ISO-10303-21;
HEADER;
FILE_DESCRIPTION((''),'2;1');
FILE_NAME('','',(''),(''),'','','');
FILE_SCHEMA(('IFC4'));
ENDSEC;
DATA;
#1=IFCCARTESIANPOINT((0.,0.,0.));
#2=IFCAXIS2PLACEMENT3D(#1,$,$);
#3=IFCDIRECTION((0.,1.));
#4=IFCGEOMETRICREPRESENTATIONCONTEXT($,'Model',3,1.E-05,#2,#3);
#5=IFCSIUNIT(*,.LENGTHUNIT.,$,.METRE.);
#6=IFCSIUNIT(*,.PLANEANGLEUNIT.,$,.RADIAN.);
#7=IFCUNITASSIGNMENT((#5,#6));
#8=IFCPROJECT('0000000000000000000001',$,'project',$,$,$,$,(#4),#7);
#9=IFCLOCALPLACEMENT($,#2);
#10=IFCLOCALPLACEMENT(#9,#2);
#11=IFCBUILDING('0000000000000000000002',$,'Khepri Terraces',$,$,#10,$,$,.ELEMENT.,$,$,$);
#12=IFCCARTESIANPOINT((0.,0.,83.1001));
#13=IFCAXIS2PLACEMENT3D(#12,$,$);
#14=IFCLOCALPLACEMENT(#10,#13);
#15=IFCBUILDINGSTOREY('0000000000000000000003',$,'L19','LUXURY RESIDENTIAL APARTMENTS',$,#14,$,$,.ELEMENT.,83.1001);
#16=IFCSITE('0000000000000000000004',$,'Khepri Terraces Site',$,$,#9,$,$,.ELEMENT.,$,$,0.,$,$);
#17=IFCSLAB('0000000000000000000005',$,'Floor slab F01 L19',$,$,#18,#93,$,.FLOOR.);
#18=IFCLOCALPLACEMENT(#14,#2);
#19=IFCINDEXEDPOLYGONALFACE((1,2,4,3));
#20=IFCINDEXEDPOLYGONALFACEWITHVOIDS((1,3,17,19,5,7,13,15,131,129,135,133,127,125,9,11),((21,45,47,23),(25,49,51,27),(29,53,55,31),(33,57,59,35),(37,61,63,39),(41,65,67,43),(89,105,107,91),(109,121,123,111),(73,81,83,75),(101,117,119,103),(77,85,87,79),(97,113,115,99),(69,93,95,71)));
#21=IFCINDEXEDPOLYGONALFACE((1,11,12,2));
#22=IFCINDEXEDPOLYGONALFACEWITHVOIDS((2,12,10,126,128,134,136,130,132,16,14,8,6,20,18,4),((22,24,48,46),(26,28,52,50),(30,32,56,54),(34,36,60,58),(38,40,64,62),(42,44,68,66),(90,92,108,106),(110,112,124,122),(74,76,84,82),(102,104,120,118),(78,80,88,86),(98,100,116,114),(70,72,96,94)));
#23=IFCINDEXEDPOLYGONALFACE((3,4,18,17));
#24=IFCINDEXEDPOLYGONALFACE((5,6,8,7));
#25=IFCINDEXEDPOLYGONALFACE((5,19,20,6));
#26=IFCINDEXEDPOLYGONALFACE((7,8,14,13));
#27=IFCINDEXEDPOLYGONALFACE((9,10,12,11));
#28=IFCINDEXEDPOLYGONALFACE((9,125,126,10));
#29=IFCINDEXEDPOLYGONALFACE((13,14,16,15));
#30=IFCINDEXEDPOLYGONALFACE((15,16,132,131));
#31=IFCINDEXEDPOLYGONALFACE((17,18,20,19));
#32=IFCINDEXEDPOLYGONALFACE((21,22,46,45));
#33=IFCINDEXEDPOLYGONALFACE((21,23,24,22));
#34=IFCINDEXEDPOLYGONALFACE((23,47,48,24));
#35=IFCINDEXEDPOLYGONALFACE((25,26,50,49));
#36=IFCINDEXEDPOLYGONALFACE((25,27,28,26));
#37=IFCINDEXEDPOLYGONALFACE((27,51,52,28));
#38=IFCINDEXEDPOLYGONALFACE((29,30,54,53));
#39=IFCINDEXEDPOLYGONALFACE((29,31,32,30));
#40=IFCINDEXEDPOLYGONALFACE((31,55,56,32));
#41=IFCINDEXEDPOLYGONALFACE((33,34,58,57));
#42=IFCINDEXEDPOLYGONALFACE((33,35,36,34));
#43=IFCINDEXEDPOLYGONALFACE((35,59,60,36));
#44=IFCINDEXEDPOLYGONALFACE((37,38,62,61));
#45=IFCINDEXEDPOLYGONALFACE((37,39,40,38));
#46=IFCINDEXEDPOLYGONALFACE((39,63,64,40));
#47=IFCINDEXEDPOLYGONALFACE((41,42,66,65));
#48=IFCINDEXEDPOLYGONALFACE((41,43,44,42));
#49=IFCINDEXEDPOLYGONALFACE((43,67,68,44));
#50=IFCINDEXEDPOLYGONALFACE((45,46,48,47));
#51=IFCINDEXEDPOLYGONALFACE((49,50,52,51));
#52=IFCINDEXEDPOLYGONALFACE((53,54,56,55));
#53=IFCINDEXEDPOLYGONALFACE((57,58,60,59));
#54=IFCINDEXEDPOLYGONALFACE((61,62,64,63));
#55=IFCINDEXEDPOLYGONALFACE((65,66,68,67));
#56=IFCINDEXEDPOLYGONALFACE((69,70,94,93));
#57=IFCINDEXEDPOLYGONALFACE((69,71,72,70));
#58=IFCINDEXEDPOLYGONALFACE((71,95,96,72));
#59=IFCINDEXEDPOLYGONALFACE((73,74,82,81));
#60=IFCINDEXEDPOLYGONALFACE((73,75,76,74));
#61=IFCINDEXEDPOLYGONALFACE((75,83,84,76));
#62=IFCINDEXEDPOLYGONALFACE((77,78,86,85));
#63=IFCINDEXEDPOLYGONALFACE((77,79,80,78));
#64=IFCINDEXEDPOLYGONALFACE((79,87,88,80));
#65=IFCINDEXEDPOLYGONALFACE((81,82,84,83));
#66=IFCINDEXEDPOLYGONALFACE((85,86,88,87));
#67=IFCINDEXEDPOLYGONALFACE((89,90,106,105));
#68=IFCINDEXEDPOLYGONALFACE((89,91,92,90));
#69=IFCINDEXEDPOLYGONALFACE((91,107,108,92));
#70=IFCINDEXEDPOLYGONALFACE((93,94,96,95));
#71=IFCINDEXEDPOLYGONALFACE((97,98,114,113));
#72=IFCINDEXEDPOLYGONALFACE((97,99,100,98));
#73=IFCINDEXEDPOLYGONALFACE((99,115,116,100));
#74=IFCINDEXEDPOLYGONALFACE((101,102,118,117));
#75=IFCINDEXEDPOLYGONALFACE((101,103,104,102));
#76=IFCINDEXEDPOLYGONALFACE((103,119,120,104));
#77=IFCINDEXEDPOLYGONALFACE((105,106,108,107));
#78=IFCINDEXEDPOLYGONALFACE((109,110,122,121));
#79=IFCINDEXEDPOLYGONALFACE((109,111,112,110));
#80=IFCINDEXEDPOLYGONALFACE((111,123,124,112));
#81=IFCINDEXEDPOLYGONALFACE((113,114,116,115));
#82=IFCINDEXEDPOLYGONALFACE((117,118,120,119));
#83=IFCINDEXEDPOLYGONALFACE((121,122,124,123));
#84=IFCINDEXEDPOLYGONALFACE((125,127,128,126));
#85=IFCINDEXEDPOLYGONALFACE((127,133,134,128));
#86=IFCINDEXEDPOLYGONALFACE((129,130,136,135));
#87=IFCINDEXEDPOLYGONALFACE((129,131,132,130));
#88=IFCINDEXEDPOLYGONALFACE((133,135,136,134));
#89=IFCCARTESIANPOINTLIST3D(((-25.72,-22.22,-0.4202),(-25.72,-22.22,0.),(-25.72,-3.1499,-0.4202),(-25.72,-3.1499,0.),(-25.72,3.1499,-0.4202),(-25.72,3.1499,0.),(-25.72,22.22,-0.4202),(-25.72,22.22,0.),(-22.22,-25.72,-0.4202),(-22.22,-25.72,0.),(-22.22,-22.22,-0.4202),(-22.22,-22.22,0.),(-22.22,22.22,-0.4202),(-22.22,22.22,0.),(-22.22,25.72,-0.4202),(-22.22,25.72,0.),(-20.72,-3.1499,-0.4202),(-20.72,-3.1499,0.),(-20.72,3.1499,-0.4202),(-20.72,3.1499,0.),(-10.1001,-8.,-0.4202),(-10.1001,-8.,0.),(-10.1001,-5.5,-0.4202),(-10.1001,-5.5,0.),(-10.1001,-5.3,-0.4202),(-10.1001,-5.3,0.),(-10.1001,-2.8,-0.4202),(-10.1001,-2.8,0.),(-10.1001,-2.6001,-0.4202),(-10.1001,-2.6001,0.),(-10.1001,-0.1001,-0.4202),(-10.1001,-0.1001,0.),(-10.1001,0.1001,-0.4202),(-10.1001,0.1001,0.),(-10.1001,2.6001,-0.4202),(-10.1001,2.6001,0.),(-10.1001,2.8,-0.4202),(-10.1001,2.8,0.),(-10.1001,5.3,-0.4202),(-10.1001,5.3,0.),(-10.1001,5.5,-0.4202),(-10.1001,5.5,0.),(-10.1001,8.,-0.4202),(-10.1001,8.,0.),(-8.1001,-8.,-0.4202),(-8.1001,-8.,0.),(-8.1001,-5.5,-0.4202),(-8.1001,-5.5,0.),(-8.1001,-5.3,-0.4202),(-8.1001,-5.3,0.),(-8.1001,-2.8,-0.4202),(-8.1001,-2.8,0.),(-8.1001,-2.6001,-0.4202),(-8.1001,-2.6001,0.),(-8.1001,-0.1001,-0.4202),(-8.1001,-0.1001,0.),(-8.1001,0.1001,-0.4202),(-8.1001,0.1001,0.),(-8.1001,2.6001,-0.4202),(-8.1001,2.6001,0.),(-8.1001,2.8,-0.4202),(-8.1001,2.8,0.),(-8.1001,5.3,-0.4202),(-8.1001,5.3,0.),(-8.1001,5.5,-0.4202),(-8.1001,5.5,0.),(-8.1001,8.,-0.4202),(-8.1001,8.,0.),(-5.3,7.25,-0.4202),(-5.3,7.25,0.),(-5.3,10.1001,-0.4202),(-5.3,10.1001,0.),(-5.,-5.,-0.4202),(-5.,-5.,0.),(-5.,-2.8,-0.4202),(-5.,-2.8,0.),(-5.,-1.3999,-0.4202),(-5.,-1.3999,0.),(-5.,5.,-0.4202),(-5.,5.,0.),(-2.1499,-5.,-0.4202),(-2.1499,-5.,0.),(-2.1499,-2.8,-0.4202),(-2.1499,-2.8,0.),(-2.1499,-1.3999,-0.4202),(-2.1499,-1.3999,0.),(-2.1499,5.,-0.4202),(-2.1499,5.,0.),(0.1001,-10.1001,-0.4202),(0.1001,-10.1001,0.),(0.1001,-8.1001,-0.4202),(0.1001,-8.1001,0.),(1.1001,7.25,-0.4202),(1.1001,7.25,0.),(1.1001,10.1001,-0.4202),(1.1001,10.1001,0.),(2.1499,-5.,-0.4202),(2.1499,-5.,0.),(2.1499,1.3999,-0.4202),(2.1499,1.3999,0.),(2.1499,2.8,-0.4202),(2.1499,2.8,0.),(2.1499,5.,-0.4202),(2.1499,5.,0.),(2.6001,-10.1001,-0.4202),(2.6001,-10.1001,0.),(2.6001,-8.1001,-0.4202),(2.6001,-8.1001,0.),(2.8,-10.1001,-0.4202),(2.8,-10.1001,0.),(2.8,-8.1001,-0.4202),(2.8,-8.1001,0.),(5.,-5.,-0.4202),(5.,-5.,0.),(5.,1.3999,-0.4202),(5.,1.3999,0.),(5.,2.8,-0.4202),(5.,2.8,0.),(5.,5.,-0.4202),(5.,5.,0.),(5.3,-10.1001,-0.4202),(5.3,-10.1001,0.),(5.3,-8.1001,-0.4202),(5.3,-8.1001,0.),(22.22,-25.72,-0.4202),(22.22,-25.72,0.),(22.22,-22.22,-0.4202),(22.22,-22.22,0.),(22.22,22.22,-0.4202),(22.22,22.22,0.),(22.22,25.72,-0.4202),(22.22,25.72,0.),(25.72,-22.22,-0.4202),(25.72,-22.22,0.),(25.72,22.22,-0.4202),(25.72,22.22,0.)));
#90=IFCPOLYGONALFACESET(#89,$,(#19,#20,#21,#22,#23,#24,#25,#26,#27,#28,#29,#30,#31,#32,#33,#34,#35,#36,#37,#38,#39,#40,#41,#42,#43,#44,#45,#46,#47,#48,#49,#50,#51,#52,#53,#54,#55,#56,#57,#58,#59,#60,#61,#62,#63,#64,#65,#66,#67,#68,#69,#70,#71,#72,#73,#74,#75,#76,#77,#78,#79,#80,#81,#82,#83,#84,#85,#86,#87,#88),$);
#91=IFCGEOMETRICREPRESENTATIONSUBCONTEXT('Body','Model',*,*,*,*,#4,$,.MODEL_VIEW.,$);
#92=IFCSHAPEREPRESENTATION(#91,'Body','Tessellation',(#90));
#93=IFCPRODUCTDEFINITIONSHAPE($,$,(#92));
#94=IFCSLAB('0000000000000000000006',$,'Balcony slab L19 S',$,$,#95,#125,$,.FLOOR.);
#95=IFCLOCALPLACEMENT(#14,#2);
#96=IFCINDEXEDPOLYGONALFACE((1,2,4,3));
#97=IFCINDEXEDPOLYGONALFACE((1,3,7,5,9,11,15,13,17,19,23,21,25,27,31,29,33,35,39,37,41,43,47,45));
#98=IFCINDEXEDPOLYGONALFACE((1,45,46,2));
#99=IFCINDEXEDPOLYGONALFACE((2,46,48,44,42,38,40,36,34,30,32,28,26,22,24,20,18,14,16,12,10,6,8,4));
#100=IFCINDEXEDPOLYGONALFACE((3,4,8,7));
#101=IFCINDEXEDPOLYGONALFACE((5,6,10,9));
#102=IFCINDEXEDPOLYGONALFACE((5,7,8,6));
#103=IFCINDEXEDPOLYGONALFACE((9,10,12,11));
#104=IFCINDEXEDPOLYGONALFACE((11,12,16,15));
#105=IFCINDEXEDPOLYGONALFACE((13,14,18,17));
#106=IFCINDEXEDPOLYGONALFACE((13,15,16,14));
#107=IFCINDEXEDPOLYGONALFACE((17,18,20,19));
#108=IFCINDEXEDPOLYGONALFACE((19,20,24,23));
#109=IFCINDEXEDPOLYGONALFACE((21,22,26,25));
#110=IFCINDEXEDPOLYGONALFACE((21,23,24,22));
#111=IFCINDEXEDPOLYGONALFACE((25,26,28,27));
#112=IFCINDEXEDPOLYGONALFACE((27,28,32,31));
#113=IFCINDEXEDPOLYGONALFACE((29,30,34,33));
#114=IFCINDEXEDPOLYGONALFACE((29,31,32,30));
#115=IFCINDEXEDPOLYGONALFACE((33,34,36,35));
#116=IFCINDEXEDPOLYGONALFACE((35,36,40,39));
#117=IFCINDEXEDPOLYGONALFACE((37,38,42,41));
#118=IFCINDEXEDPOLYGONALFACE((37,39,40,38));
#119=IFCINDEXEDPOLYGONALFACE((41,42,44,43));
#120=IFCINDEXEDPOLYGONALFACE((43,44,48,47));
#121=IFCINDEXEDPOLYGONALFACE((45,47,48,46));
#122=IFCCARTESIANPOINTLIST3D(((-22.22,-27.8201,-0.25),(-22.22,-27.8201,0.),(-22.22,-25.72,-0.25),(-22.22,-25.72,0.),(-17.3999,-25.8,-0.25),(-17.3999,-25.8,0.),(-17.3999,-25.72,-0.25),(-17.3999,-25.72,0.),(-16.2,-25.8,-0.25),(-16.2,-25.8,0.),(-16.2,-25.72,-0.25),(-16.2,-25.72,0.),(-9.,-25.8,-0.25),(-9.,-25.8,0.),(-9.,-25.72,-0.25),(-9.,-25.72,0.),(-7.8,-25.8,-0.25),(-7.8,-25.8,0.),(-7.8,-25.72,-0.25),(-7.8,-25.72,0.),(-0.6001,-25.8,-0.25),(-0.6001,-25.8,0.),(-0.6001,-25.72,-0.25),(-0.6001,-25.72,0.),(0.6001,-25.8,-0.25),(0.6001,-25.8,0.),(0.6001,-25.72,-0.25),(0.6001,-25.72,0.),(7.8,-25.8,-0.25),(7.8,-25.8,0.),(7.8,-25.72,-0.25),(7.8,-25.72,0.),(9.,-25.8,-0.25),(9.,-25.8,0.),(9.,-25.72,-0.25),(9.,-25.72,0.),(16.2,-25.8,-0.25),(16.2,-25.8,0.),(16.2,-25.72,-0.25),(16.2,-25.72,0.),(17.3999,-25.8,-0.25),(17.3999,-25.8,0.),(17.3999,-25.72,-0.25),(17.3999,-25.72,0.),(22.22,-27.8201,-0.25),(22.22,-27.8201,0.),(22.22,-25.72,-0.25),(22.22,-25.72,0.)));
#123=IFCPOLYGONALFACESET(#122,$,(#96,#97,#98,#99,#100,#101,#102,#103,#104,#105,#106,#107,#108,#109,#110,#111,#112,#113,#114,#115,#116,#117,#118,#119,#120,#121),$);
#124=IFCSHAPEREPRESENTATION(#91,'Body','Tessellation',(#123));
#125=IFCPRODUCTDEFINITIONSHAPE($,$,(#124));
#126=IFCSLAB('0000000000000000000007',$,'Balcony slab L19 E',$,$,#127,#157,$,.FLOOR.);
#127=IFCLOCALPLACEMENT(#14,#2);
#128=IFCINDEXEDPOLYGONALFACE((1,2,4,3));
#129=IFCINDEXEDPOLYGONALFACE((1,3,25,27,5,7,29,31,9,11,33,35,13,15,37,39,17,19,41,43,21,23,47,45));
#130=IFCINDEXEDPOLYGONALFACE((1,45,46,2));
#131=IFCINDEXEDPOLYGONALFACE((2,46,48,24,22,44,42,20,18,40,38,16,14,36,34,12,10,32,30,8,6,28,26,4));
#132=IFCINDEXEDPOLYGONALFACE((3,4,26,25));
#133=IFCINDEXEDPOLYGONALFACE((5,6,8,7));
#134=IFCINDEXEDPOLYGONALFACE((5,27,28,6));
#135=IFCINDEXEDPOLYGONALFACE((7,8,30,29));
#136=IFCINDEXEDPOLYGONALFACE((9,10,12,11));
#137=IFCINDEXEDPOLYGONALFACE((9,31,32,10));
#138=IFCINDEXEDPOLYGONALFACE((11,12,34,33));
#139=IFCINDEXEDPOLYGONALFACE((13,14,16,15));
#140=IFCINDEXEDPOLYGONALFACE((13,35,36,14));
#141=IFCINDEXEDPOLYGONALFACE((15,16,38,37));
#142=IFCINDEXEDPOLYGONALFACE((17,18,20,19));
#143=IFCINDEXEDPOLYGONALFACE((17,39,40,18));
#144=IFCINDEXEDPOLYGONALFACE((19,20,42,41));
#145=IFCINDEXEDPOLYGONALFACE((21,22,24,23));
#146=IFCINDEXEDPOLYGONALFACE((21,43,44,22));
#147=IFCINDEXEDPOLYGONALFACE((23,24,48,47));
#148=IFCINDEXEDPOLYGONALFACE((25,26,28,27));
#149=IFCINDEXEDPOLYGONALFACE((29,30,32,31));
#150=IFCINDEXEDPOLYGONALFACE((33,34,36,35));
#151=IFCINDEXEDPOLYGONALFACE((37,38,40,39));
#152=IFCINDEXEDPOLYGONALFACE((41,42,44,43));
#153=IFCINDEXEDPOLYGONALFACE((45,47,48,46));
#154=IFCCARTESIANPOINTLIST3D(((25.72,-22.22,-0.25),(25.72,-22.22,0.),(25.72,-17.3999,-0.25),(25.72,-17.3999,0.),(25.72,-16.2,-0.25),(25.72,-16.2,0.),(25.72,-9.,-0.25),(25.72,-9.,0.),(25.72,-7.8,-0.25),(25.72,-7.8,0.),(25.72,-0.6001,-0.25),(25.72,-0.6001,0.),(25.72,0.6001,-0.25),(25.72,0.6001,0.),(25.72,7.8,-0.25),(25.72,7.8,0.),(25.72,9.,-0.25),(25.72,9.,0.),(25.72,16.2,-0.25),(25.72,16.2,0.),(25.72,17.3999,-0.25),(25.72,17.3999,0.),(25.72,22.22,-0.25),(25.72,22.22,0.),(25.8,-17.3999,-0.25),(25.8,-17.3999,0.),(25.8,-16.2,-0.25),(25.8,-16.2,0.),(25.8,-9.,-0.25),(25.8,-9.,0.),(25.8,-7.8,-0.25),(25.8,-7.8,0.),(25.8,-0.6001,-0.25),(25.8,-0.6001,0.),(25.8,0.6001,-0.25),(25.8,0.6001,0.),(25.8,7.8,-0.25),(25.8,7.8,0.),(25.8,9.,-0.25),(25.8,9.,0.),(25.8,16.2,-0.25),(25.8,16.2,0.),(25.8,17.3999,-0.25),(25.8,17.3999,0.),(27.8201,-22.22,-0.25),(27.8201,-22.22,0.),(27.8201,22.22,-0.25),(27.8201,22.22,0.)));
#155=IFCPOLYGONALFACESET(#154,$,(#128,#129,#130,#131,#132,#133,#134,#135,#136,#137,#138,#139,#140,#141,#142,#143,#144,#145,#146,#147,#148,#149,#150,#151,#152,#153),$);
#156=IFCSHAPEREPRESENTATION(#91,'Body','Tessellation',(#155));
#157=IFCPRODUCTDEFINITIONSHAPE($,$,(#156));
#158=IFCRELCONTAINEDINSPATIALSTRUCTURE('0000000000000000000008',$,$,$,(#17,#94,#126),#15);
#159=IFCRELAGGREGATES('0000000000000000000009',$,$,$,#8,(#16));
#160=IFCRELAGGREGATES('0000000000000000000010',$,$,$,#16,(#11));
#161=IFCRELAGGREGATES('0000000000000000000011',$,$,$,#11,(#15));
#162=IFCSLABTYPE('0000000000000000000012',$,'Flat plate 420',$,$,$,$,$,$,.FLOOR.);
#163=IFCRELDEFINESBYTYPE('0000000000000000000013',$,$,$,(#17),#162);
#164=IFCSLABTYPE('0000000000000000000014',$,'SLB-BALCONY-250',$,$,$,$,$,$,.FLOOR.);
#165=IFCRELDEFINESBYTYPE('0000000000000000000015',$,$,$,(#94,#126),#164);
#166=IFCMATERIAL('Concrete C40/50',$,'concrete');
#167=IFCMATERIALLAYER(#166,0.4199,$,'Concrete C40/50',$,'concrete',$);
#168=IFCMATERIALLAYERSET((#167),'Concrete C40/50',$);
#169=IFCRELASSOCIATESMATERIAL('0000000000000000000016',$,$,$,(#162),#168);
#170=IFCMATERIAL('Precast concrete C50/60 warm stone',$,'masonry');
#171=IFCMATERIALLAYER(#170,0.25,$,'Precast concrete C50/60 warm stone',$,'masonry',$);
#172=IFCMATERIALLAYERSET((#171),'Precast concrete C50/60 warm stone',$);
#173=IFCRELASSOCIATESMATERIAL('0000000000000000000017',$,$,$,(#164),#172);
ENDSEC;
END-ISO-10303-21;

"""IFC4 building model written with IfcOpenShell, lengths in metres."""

from ifc_helpers import new_model, si_unit, direction, frame, origin, place, context, subcontext, project, spatial, polyline, outline, extrude, material, layer, layer_set, type_object, element, save


model = new_model("IFC4")

# Units and contexts
model_context = context("Model", 3, precision=1e-05, world=origin(), true_north=direction((0.0, 1.0)))
body_context = subcontext(model_context, "Body", "Model", "MODEL_VIEW")
ifc_project = project(units=[si_unit("LENGTHUNIT", "METRE"), si_unit("PLANEANGLEUNIT", "RADIAN")], contexts=[model_context])

# Site, building, storey
site_placement = place(None, origin())
site = spatial("IfcSite", under=ifc_project, at=site_placement, Name="Khepri Terraces Site", CompositionType="ELEMENT", RefElevation=0.0)
building_placement = place(site_placement, origin())
building = spatial("IfcBuilding", under=site, at=building_placement, Name="Khepri Terraces", CompositionType="ELEMENT")
storey_placement = place(building_placement, frame((0.0, 0.0, 83.1001)))
storey = spatial("IfcBuildingStorey", under=building, at=storey_placement, Name="L19", Description="LUXURY RESIDENTIAL APARTMENTS", CompositionType="ELEMENT", Elevation=83.1001)

# Slabs
ifc_material_1 = material(Name="Concrete C40/50", Category="concrete")
ifc_layer_1 = layer(ifc_material_1, 0.4199, Name="Concrete C40/50", Category="concrete")
ifc_layer_set_1 = layer_set([ifc_layer_1], Name="Concrete C40/50")
slab_type_1 = type_object("IfcSlabType", Name="Flat plate 420", PredefinedType="FLOOR", material=ifc_layer_set_1)
slab_1_placement = place(storey_placement, frame((0.0, 0.0, -0.4202)))
element("IfcSlab", 1, at=slab_1_placement, inside=storey, type_object=slab_type_1, Name="Floor slab F01 L19", PredefinedType="FLOOR", context=body_context, shape_type="SweptSolid", body=[
    extrude(outline(polyline([(22.22, 22.22), (25.72, 22.22), (25.72, -22.22), (22.22, -22.22), (22.22, -25.72), (-22.22, -25.72), (-22.22, -22.22), (-25.72, -22.22), (-25.72, -3.1499), (-20.72, -3.1499), (-20.72, 3.1499), (-25.72, 3.1499), (-25.72, 22.22), (-22.22, 22.22), (-22.22, 25.72), (22.22, 25.72), (22.22, 22.22)]), holes=[polyline([(5.0, 5.0), (2.1499, 5.0), (2.1499, 2.8), (5.0, 2.8), (5.0, 5.0)]), polyline([(-2.1499, -5.0), (-2.1499, -2.8), (-5.0, -2.8), (-5.0, -5.0), (-2.1499, -5.0)]), polyline([(-10.1001, -8.0), (-8.1001, -8.0), (-8.1001, -5.5), (-10.1001, -5.5), (-10.1001, -8.0)]), polyline([(-10.1001, -2.8), (-10.1001, -5.3), (-8.1001, -5.3), (-8.1001, -2.8), (-10.1001, -2.8)]), polyline([(-8.1001, -0.1001), (-10.1001, -0.1001), (-10.1001, -2.6001), (-8.1001, -2.6001), (-8.1001, -0.1001)]), polyline([(-8.1001, 0.1001), (-8.1001, 2.6001), (-10.1001, 2.6001), (-10.1001, 0.1001), (-8.1001, 0.1001)]), polyline([(-10.1001, 2.8), (-8.1001, 2.8), (-8.1001, 5.3), (-10.1001, 5.3), (-10.1001, 2.8)]), polyline([(-10.1001, 8.0), (-10.1001, 5.5), (-8.1001, 5.5), (-8.1001, 8.0), (-10.1001, 8.0)]), polyline([(2.6001, -8.1001), (0.1001, -8.1001), (0.1001, -10.1001), (2.6001, -10.1001), (2.6001, -8.1001)]), polyline([(5.3, -10.1001), (5.3, -8.1001), (2.8, -8.1001), (2.8, -10.1001), (5.3, -10.1001)]), polyline([(-5.0, -1.3999), (-2.1499, -1.3999), (-2.1499, 5.0), (-5.0, 5.0), (-5.0, -1.3999)]), polyline([(5.0, -5.0), (5.0, 1.3999), (2.1499, 1.3999), (2.1499, -5.0), (5.0, -5.0)]), polyline([(-5.3, 10.1001), (-5.3, 7.25), (1.1001, 7.25), (1.1001, 10.1001), (-5.3, 10.1001)])]), origin(), (0.0, 0.0, 1.0), 0.4202),
])
ifc_material_2 = material(Name="Precast concrete C50/60 warm stone", Category="masonry")
ifc_layer_2 = layer(ifc_material_2, 0.25, Name="Precast concrete C50/60 warm stone", Category="masonry")
ifc_layer_set_2 = layer_set([ifc_layer_2], Name="Precast concrete C50/60 warm stone")
slab_type_2 = type_object("IfcSlabType", Name="SLB-BALCONY-250", PredefinedType="FLOOR", material=ifc_layer_set_2)
slab_2_placement = place(storey_placement, frame((0.0, 0.0, -0.25)))
element("IfcSlab", 2, at=slab_2_placement, inside=storey, type_object=slab_type_2, Name="Balcony slab L19 S", PredefinedType="FLOOR", context=body_context, shape_type="SweptSolid", body=[
    extrude(outline(polyline([(-17.3999, -25.72), (-22.22, -25.72), (-22.22, -27.8201), (22.22, -27.8201), (22.22, -25.72), (17.3999, -25.72), (17.3999, -25.8), (16.2, -25.8), (16.2, -25.72), (9.0, -25.72), (9.0, -25.8), (7.8, -25.8), (7.8, -25.72), (0.6001, -25.72), (0.6001, -25.8), (-0.6001, -25.8), (-0.6001, -25.72), (-7.8, -25.72), (-7.8, -25.8), (-9.0, -25.8), (-9.0, -25.72), (-16.2, -25.72), (-16.2, -25.8), (-17.3999, -25.8), (-17.3999, -25.72)])), origin(), (0.0, 0.0, 1.0), 0.25),
])
slab_3_placement = place(storey_placement, frame((0.0, 0.0, -0.25)))
element("IfcSlab", 3, at=slab_3_placement, inside=storey, type_object=slab_type_2, Name="Balcony slab L19 E", PredefinedType="FLOOR", context=body_context, shape_type="SweptSolid", body=[
    extrude(outline(polyline([(25.72, -17.3999), (25.72, -22.22), (27.8201, -22.22), (27.8201, 22.22), (25.72, 22.22), (25.72, 17.3999), (25.8, 17.3999), (25.8, 16.2), (25.72, 16.2), (25.72, 9.0), (25.8, 9.0), (25.8, 7.8), (25.72, 7.8), (25.72, 0.6001), (25.8, 0.6001), (25.8, -0.6001), (25.72, -0.6001), (25.72, -7.8), (25.8, -7.8), (25.8, -9.0), (25.72, -9.0), (25.72, -16.2), (25.8, -16.2), (25.8, -17.3999), (25.72, -17.3999)])), origin(), (0.0, 0.0, 1.0), 0.25),
])

save(model, "model.ifc")
